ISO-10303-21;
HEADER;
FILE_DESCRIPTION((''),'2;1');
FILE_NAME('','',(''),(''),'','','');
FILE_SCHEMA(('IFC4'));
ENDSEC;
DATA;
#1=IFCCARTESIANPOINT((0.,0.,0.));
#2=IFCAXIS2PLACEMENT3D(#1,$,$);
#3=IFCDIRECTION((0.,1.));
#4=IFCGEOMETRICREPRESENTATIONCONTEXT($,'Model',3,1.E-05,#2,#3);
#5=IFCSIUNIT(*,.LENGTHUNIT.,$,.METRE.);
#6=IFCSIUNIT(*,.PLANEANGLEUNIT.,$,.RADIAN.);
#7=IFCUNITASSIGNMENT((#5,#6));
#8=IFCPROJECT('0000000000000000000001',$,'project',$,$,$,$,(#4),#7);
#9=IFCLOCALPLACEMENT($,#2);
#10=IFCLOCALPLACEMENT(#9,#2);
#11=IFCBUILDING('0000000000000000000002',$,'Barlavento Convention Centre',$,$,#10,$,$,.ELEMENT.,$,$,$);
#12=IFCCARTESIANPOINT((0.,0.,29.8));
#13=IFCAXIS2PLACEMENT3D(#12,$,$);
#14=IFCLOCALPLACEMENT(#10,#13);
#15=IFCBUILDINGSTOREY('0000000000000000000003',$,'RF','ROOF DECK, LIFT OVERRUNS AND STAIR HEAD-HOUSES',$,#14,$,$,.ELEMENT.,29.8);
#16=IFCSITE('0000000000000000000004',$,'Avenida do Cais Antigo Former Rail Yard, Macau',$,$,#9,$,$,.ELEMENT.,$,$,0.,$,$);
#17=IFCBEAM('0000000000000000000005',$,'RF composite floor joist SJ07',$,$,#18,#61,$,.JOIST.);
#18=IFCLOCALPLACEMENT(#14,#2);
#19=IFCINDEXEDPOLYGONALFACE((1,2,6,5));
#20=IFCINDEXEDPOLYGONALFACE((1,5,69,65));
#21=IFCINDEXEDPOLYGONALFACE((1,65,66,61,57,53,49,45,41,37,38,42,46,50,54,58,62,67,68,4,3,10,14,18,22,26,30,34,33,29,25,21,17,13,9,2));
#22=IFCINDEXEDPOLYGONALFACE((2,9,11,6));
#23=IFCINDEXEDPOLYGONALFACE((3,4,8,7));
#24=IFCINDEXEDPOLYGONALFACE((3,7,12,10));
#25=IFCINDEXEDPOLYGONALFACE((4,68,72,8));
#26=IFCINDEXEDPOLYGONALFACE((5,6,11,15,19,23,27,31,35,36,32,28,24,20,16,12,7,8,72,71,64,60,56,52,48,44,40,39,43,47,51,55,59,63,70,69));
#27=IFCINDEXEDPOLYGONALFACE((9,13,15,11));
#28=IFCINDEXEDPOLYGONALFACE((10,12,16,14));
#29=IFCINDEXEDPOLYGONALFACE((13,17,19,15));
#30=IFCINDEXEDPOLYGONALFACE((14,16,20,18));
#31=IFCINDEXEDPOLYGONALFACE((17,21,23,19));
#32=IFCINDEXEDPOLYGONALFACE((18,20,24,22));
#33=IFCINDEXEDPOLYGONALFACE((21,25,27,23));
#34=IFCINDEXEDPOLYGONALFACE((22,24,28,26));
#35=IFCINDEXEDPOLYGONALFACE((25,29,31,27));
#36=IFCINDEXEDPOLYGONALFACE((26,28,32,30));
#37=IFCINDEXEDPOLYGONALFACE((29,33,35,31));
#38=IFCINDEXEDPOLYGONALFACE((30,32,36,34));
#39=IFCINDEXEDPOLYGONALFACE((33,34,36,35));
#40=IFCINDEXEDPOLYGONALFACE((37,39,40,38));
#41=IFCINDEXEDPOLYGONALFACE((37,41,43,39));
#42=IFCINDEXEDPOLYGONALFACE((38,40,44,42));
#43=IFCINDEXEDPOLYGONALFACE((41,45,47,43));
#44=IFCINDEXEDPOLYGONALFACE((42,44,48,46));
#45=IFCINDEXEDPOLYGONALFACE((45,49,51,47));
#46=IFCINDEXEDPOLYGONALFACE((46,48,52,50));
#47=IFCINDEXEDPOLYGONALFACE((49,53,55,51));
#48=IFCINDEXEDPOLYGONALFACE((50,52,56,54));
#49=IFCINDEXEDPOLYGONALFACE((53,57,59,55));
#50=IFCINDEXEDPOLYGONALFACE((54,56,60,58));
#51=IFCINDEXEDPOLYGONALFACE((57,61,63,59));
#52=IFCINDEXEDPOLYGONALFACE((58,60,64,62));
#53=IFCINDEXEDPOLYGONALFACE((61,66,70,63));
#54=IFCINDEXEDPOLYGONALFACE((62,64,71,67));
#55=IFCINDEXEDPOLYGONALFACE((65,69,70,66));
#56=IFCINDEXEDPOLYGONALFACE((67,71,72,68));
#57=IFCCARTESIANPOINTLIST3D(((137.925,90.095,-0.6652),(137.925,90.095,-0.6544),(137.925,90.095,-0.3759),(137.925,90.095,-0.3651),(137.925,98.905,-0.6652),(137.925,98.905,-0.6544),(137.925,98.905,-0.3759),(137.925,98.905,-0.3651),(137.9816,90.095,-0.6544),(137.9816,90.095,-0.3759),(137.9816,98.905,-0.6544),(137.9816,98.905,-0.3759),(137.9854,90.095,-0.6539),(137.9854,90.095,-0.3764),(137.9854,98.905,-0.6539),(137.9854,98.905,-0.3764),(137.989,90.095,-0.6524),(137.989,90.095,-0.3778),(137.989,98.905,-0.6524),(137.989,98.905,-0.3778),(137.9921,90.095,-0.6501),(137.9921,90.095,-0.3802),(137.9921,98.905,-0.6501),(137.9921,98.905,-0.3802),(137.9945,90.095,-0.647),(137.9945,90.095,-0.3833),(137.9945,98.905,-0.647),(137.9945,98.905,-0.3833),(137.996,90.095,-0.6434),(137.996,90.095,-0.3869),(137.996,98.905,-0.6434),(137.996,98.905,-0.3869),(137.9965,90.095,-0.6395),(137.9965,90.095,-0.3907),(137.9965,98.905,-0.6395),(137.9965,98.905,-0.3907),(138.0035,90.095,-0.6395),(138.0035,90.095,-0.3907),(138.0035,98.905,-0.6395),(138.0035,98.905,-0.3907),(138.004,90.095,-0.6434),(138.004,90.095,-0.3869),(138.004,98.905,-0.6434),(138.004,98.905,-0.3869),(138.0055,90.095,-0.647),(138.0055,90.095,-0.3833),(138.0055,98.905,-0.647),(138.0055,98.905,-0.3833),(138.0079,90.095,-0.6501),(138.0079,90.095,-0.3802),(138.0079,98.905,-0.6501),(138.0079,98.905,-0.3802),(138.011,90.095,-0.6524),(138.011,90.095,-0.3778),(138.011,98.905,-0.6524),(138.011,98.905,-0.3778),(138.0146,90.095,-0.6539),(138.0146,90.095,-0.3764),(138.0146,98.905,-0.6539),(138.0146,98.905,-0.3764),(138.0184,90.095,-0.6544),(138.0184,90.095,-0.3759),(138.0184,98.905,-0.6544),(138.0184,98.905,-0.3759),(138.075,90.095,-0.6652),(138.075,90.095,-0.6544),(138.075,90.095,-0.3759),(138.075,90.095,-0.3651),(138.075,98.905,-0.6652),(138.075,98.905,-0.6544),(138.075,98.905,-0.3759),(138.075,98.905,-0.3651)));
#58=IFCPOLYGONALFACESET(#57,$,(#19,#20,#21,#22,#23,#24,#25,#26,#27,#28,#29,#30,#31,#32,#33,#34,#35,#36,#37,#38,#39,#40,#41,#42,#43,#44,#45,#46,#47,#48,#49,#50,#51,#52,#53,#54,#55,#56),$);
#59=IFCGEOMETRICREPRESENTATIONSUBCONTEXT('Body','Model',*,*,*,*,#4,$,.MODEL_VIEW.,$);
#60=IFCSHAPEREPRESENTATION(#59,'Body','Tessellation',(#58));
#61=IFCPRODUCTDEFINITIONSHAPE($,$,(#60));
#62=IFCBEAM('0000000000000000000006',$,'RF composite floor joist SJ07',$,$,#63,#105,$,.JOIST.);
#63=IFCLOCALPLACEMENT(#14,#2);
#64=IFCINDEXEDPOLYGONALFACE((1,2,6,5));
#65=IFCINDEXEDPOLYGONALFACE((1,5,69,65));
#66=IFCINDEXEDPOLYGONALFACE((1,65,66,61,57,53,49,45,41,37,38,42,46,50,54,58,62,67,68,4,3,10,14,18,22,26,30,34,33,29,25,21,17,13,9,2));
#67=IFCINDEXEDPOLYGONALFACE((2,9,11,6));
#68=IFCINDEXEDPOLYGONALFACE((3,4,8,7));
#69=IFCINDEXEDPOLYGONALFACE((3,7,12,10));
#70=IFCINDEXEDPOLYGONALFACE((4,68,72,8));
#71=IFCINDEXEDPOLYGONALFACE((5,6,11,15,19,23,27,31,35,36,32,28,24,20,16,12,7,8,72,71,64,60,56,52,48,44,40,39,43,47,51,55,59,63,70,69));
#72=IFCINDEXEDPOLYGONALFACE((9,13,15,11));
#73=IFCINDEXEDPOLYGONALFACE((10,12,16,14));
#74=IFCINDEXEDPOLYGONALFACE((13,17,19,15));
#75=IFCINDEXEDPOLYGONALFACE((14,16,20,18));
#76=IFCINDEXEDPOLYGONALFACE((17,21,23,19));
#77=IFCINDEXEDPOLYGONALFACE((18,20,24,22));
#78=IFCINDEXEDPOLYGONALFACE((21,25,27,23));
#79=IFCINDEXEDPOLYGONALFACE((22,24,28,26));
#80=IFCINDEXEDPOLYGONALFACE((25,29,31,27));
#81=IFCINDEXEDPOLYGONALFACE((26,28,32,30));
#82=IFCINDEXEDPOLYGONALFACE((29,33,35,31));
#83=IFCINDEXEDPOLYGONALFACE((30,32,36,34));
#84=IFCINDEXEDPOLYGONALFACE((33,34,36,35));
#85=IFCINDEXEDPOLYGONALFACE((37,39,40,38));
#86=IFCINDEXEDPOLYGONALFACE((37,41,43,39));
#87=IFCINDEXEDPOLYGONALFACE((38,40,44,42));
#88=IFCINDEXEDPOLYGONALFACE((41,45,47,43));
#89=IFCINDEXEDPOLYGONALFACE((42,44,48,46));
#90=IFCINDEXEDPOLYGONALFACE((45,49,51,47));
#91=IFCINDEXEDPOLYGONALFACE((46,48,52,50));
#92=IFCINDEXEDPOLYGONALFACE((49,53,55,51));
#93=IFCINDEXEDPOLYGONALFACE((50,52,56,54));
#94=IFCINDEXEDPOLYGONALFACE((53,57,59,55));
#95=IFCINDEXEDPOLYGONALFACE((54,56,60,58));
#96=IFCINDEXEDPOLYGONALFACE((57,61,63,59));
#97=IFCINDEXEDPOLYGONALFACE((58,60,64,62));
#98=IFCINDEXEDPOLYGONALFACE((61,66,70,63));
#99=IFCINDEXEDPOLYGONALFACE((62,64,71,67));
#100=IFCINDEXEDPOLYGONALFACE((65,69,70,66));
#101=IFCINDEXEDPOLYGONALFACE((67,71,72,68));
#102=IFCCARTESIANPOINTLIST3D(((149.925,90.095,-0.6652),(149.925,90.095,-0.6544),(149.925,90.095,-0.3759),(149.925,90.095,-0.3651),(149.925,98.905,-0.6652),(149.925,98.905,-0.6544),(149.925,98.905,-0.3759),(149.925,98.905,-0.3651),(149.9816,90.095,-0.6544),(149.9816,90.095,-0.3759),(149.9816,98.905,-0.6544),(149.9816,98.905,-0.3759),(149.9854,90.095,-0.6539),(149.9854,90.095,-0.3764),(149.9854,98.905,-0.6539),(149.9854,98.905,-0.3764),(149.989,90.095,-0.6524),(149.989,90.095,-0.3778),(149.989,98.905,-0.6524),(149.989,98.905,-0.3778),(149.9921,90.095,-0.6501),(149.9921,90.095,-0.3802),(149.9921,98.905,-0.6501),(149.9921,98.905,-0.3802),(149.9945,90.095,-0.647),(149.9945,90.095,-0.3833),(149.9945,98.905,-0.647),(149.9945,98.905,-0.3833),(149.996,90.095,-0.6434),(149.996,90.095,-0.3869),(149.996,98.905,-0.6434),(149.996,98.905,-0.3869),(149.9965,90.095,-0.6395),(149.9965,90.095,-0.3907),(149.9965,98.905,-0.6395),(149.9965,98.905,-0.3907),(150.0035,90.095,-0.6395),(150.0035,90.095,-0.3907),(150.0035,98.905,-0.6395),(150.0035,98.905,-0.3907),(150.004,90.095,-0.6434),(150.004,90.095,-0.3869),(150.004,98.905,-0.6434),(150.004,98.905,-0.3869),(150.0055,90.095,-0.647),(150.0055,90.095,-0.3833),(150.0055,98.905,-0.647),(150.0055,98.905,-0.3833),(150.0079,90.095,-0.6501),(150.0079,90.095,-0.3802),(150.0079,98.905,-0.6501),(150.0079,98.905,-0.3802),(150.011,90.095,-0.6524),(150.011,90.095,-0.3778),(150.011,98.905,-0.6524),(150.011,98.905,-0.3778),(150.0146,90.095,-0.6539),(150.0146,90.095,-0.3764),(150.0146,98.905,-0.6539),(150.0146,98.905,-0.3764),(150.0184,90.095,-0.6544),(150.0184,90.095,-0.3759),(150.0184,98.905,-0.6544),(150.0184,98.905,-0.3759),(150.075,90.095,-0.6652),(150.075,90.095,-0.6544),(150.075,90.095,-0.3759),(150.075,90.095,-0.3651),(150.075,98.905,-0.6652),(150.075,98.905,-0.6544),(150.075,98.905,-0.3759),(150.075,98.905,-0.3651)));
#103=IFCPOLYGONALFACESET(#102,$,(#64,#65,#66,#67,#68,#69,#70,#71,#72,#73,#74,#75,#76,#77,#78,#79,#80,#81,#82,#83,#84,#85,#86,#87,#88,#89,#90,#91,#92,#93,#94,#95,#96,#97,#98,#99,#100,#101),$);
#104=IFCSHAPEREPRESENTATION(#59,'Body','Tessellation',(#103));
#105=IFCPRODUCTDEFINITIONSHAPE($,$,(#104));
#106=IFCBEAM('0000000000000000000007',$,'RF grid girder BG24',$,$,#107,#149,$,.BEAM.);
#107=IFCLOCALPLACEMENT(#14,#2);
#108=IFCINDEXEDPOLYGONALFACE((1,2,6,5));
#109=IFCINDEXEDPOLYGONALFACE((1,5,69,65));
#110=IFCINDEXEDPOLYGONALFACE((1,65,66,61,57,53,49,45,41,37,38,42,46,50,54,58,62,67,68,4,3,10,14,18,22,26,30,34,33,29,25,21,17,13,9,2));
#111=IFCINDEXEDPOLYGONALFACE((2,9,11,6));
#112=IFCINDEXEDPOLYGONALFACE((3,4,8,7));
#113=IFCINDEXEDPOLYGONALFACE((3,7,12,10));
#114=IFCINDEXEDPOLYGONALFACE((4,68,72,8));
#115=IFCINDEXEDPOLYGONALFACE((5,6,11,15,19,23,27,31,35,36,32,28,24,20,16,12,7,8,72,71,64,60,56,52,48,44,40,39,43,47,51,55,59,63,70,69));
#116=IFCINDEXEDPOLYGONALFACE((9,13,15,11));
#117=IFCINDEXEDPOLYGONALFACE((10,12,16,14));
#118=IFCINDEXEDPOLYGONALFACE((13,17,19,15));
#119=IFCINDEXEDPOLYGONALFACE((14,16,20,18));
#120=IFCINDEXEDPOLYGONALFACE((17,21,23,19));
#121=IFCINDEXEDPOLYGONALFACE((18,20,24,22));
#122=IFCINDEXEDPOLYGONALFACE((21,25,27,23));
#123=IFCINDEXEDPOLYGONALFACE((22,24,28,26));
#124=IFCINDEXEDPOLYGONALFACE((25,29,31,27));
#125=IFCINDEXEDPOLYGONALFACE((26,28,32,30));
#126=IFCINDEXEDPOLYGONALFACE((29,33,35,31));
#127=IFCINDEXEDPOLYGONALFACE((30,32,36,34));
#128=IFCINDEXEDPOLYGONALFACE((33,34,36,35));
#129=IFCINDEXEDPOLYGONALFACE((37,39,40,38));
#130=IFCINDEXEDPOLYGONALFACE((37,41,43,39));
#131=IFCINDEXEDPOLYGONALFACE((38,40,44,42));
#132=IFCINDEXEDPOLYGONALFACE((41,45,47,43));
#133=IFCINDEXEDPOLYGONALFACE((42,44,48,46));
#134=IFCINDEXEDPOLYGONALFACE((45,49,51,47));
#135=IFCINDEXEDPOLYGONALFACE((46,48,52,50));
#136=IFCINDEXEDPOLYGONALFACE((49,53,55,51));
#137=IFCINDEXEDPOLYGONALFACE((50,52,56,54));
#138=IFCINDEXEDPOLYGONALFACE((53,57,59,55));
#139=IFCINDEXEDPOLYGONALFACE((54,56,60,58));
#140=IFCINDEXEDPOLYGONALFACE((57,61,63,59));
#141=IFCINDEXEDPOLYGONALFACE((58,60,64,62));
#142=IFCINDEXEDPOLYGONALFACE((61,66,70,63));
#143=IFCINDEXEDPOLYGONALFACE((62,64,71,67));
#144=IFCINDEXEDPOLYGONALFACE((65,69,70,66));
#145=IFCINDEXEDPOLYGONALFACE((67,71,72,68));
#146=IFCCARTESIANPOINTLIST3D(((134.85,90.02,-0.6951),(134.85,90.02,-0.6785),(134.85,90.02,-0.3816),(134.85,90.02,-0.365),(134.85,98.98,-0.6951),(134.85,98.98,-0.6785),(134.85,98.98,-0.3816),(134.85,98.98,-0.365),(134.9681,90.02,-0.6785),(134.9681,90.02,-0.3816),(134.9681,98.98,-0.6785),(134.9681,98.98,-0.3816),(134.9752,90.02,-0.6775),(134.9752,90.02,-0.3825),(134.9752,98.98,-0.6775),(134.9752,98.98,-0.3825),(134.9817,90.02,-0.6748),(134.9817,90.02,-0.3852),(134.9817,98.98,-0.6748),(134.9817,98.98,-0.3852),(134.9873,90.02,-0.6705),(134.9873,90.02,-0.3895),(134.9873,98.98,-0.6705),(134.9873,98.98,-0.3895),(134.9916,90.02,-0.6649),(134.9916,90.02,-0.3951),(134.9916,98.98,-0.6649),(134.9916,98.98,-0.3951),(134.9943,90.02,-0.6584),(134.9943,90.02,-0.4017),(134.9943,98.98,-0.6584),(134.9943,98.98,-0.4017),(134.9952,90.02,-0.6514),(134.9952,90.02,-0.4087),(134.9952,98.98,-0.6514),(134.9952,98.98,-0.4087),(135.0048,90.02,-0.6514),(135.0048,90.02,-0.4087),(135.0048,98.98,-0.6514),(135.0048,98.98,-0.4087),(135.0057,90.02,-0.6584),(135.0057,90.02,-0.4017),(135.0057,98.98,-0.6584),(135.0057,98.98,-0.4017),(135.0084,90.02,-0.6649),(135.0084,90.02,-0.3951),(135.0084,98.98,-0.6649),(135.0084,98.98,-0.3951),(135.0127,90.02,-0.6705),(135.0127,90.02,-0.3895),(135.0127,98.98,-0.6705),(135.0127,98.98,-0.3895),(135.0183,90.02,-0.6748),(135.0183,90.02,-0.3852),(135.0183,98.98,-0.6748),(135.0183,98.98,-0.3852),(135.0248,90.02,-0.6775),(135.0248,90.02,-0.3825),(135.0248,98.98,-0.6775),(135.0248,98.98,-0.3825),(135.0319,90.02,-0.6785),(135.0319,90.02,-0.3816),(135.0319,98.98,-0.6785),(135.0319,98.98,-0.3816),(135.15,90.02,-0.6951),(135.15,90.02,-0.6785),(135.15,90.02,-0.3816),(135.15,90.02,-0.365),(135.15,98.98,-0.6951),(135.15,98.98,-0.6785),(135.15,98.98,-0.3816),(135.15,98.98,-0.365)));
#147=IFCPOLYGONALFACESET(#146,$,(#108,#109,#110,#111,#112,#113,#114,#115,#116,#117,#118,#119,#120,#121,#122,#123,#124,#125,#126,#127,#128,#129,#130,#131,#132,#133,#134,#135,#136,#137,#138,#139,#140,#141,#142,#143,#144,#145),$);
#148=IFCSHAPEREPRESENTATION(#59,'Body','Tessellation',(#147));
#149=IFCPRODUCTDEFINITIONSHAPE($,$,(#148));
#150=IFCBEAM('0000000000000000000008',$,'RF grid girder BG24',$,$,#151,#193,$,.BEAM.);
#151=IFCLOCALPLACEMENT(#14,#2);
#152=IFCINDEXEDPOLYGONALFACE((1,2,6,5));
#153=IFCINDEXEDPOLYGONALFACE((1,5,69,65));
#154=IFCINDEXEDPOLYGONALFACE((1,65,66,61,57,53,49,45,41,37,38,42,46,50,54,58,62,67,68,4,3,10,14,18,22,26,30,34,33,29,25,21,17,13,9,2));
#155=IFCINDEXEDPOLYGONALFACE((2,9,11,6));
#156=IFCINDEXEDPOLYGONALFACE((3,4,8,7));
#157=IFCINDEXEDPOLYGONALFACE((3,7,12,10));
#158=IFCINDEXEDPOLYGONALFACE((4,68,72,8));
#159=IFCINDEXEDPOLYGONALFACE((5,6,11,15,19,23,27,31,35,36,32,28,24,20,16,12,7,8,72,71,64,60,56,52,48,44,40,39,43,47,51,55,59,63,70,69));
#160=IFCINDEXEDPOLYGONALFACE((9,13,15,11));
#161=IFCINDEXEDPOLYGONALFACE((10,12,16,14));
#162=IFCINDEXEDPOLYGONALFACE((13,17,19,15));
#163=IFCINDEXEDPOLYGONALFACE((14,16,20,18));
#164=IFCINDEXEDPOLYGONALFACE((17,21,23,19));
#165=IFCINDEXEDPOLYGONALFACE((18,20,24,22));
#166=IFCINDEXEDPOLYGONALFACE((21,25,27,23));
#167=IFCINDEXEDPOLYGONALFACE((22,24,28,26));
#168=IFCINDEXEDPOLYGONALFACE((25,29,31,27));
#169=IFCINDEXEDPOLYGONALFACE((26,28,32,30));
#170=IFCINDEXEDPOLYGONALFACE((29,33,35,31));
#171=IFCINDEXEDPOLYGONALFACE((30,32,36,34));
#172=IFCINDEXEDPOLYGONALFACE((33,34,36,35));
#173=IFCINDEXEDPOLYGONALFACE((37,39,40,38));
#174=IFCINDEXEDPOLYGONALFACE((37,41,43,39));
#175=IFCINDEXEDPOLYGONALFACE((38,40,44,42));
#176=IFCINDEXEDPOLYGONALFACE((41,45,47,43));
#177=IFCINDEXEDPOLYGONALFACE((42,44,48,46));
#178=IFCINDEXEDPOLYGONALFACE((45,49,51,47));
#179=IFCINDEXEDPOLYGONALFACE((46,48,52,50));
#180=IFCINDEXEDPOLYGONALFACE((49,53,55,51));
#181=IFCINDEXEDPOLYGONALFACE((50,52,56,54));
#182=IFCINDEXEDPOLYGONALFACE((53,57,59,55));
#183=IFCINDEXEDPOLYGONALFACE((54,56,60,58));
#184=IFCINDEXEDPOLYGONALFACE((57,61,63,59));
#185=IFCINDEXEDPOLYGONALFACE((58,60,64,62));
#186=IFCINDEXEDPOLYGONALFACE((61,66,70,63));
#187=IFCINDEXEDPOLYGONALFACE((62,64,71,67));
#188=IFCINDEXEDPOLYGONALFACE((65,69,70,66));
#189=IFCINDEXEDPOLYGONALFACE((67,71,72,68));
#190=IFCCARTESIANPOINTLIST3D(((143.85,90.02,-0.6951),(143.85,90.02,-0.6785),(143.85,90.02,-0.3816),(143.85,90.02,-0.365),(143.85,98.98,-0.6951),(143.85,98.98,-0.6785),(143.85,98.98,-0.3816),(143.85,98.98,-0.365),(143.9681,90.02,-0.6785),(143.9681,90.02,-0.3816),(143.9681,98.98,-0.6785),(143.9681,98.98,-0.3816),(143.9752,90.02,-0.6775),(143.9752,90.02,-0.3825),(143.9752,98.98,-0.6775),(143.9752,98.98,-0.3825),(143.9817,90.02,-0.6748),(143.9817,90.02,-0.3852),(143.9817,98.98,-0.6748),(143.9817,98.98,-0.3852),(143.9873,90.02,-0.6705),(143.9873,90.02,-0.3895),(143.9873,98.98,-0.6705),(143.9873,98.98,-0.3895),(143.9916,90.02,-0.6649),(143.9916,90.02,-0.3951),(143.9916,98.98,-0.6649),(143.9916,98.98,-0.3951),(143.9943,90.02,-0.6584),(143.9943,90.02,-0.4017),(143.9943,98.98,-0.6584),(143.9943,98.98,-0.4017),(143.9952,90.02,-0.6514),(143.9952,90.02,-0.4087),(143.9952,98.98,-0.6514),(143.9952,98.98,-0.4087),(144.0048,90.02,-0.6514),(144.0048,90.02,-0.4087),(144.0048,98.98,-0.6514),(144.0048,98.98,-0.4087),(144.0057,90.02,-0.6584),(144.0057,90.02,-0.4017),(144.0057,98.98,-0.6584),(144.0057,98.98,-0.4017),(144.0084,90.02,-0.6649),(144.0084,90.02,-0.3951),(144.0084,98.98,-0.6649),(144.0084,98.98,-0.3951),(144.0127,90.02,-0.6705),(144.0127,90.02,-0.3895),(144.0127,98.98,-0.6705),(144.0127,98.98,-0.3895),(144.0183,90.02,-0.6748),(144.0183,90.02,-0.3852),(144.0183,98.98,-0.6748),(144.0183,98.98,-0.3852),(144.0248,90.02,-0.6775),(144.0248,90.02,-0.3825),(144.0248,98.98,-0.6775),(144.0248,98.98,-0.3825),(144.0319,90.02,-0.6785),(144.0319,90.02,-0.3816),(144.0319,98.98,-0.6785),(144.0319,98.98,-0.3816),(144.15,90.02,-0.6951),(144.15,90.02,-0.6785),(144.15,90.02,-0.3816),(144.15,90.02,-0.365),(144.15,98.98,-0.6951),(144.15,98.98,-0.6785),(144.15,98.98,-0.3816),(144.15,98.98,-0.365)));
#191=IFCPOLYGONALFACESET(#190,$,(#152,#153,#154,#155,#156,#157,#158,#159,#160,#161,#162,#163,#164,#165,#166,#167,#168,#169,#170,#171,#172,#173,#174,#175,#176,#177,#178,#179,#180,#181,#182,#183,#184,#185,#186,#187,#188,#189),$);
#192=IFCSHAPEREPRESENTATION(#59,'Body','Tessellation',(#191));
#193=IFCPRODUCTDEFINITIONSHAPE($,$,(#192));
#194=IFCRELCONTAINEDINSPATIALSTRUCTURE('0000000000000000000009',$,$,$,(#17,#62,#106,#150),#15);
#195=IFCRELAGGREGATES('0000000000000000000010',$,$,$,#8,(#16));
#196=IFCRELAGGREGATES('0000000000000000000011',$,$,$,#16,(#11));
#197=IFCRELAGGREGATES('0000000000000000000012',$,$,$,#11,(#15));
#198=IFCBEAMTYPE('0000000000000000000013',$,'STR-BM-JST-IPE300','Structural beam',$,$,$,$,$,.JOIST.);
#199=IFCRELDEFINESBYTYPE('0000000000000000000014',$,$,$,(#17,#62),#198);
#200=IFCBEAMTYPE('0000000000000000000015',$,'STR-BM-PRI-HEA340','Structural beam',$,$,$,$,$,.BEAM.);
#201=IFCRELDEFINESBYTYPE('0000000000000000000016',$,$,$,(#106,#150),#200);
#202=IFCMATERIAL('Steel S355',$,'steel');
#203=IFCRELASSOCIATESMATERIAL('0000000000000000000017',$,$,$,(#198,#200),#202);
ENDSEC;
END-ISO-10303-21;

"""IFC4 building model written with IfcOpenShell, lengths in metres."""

from ifc_helpers import new_model, si_unit, direction, frame, origin, origin_2d, place, context, subcontext, project, spatial, i_section, extrude, material, material_profile, profile_set, type_object, element, save


model = new_model("IFC4")

# Units and contexts
model_context = context("Model", 3, precision=1e-05, world=origin(), true_north=direction((0.0, 1.0)))
body_context = subcontext(model_context, "Body", "Model", "MODEL_VIEW")
ifc_project = project(units=[si_unit("LENGTHUNIT", "METRE"), si_unit("PLANEANGLEUNIT", "RADIAN")], contexts=[model_context])

# Site, building, storey
site_placement = place(None, origin())
site = spatial("IfcSite", under=ifc_project, at=site_placement, Name="Avenida do Cais Antigo Former Rail Yard, Macau", CompositionType="ELEMENT", RefElevation=0.0)
building_placement = place(site_placement, origin())
building = spatial("IfcBuilding", under=site, at=building_placement, Name="Barlavento Convention Centre", CompositionType="ELEMENT")
storey_placement = place(building_placement, frame((0.0, 0.0, 29.8)))
storey = spatial("IfcBuildingStorey", under=building, at=storey_placement, Name="RF", Description="ROOF DECK, LIFT OVERRUNS AND STAIR HEAD-HOUSES", CompositionType="ELEMENT", Elevation=29.8)

# Beams
ifc_material_1 = material(Name="Steel S355", Category="steel")
ifc_material_profile_1 = material_profile(ifc_material_1, i_section(OverallWidth=0.1499, OverallDepth=0.3, WebThickness=0.0071, FlangeThickness=0.0107, FilletRadius=0.0149, at=origin_2d()), Name="IPE 300")
ifc_profile_set_1 = profile_set([ifc_material_profile_1], Name="Steel S355")
beam_type_1 = type_object("IfcBeamType", Name="STR-BM-JST-IPE300", Description="Structural beam", PredefinedType="JOIST", material=ifc_profile_set_1)
for number, where, z_axis, x_axis, name in (
    (1, (138.0, 90.095, -0.5151), (0.0, 1.0, 0.0), (-1.0, 0.0, 0.0), "RF composite floor joist SJ07"),
    (2, (150.0, 90.095, -0.5151), (0.0, 1.0, 0.0), (-1.0, 0.0, 0.0), "RF composite floor joist SJ07"),
):
    element("IfcBeam", number, at=place(storey_placement, frame(where, z_axis=z_axis, x_axis=x_axis)), inside=storey, type_object=beam_type_1, Name=name, PredefinedType="JOIST", context=body_context, shape_type="SweptSolid", body=[
        extrude(i_section(OverallWidth=0.1499, OverallDepth=0.3, WebThickness=0.0071, FlangeThickness=0.0107, FilletRadius=0.0149, at=origin_2d()), origin(), (0.0, 0.0, 1.0), 8.8101),
    ])
ifc_material_profile_2 = material_profile(ifc_material_1, i_section(OverallWidth=0.3, OverallDepth=0.3301, WebThickness=0.0095, FlangeThickness=0.0166, FilletRadius=0.0271, at=origin_2d()), Name="HEA 340")
ifc_profile_set_2 = profile_set([ifc_material_profile_2], Name="Steel S355")
beam_type_2 = type_object("IfcBeamType", Name="STR-BM-PRI-HEA340", Description="Structural beam", PredefinedType="BEAM", material=ifc_profile_set_2)
for number, where, z_axis, x_axis, name in (
    (3, (135.0, 90.02, -0.53), (0.0, 1.0, 0.0), (-1.0, 0.0, 0.0), "RF grid girder BG24"),
    (4, (144.0, 90.02, -0.53), (0.0, 1.0, 0.0), (-1.0, 0.0, 0.0), "RF grid girder BG24"),
):
    element("IfcBeam", number, at=place(storey_placement, frame(where, z_axis=z_axis, x_axis=x_axis)), inside=storey, type_object=beam_type_2, Name=name, PredefinedType="BEAM", context=body_context, shape_type="SweptSolid", body=[
        extrude(i_section(OverallWidth=0.3, OverallDepth=0.3301, WebThickness=0.0095, FlangeThickness=0.0166, FilletRadius=0.0271, at=origin_2d()), origin(), (0.0, 0.0, 1.0), 8.96),
    ])

save(model, "model.ifc")
